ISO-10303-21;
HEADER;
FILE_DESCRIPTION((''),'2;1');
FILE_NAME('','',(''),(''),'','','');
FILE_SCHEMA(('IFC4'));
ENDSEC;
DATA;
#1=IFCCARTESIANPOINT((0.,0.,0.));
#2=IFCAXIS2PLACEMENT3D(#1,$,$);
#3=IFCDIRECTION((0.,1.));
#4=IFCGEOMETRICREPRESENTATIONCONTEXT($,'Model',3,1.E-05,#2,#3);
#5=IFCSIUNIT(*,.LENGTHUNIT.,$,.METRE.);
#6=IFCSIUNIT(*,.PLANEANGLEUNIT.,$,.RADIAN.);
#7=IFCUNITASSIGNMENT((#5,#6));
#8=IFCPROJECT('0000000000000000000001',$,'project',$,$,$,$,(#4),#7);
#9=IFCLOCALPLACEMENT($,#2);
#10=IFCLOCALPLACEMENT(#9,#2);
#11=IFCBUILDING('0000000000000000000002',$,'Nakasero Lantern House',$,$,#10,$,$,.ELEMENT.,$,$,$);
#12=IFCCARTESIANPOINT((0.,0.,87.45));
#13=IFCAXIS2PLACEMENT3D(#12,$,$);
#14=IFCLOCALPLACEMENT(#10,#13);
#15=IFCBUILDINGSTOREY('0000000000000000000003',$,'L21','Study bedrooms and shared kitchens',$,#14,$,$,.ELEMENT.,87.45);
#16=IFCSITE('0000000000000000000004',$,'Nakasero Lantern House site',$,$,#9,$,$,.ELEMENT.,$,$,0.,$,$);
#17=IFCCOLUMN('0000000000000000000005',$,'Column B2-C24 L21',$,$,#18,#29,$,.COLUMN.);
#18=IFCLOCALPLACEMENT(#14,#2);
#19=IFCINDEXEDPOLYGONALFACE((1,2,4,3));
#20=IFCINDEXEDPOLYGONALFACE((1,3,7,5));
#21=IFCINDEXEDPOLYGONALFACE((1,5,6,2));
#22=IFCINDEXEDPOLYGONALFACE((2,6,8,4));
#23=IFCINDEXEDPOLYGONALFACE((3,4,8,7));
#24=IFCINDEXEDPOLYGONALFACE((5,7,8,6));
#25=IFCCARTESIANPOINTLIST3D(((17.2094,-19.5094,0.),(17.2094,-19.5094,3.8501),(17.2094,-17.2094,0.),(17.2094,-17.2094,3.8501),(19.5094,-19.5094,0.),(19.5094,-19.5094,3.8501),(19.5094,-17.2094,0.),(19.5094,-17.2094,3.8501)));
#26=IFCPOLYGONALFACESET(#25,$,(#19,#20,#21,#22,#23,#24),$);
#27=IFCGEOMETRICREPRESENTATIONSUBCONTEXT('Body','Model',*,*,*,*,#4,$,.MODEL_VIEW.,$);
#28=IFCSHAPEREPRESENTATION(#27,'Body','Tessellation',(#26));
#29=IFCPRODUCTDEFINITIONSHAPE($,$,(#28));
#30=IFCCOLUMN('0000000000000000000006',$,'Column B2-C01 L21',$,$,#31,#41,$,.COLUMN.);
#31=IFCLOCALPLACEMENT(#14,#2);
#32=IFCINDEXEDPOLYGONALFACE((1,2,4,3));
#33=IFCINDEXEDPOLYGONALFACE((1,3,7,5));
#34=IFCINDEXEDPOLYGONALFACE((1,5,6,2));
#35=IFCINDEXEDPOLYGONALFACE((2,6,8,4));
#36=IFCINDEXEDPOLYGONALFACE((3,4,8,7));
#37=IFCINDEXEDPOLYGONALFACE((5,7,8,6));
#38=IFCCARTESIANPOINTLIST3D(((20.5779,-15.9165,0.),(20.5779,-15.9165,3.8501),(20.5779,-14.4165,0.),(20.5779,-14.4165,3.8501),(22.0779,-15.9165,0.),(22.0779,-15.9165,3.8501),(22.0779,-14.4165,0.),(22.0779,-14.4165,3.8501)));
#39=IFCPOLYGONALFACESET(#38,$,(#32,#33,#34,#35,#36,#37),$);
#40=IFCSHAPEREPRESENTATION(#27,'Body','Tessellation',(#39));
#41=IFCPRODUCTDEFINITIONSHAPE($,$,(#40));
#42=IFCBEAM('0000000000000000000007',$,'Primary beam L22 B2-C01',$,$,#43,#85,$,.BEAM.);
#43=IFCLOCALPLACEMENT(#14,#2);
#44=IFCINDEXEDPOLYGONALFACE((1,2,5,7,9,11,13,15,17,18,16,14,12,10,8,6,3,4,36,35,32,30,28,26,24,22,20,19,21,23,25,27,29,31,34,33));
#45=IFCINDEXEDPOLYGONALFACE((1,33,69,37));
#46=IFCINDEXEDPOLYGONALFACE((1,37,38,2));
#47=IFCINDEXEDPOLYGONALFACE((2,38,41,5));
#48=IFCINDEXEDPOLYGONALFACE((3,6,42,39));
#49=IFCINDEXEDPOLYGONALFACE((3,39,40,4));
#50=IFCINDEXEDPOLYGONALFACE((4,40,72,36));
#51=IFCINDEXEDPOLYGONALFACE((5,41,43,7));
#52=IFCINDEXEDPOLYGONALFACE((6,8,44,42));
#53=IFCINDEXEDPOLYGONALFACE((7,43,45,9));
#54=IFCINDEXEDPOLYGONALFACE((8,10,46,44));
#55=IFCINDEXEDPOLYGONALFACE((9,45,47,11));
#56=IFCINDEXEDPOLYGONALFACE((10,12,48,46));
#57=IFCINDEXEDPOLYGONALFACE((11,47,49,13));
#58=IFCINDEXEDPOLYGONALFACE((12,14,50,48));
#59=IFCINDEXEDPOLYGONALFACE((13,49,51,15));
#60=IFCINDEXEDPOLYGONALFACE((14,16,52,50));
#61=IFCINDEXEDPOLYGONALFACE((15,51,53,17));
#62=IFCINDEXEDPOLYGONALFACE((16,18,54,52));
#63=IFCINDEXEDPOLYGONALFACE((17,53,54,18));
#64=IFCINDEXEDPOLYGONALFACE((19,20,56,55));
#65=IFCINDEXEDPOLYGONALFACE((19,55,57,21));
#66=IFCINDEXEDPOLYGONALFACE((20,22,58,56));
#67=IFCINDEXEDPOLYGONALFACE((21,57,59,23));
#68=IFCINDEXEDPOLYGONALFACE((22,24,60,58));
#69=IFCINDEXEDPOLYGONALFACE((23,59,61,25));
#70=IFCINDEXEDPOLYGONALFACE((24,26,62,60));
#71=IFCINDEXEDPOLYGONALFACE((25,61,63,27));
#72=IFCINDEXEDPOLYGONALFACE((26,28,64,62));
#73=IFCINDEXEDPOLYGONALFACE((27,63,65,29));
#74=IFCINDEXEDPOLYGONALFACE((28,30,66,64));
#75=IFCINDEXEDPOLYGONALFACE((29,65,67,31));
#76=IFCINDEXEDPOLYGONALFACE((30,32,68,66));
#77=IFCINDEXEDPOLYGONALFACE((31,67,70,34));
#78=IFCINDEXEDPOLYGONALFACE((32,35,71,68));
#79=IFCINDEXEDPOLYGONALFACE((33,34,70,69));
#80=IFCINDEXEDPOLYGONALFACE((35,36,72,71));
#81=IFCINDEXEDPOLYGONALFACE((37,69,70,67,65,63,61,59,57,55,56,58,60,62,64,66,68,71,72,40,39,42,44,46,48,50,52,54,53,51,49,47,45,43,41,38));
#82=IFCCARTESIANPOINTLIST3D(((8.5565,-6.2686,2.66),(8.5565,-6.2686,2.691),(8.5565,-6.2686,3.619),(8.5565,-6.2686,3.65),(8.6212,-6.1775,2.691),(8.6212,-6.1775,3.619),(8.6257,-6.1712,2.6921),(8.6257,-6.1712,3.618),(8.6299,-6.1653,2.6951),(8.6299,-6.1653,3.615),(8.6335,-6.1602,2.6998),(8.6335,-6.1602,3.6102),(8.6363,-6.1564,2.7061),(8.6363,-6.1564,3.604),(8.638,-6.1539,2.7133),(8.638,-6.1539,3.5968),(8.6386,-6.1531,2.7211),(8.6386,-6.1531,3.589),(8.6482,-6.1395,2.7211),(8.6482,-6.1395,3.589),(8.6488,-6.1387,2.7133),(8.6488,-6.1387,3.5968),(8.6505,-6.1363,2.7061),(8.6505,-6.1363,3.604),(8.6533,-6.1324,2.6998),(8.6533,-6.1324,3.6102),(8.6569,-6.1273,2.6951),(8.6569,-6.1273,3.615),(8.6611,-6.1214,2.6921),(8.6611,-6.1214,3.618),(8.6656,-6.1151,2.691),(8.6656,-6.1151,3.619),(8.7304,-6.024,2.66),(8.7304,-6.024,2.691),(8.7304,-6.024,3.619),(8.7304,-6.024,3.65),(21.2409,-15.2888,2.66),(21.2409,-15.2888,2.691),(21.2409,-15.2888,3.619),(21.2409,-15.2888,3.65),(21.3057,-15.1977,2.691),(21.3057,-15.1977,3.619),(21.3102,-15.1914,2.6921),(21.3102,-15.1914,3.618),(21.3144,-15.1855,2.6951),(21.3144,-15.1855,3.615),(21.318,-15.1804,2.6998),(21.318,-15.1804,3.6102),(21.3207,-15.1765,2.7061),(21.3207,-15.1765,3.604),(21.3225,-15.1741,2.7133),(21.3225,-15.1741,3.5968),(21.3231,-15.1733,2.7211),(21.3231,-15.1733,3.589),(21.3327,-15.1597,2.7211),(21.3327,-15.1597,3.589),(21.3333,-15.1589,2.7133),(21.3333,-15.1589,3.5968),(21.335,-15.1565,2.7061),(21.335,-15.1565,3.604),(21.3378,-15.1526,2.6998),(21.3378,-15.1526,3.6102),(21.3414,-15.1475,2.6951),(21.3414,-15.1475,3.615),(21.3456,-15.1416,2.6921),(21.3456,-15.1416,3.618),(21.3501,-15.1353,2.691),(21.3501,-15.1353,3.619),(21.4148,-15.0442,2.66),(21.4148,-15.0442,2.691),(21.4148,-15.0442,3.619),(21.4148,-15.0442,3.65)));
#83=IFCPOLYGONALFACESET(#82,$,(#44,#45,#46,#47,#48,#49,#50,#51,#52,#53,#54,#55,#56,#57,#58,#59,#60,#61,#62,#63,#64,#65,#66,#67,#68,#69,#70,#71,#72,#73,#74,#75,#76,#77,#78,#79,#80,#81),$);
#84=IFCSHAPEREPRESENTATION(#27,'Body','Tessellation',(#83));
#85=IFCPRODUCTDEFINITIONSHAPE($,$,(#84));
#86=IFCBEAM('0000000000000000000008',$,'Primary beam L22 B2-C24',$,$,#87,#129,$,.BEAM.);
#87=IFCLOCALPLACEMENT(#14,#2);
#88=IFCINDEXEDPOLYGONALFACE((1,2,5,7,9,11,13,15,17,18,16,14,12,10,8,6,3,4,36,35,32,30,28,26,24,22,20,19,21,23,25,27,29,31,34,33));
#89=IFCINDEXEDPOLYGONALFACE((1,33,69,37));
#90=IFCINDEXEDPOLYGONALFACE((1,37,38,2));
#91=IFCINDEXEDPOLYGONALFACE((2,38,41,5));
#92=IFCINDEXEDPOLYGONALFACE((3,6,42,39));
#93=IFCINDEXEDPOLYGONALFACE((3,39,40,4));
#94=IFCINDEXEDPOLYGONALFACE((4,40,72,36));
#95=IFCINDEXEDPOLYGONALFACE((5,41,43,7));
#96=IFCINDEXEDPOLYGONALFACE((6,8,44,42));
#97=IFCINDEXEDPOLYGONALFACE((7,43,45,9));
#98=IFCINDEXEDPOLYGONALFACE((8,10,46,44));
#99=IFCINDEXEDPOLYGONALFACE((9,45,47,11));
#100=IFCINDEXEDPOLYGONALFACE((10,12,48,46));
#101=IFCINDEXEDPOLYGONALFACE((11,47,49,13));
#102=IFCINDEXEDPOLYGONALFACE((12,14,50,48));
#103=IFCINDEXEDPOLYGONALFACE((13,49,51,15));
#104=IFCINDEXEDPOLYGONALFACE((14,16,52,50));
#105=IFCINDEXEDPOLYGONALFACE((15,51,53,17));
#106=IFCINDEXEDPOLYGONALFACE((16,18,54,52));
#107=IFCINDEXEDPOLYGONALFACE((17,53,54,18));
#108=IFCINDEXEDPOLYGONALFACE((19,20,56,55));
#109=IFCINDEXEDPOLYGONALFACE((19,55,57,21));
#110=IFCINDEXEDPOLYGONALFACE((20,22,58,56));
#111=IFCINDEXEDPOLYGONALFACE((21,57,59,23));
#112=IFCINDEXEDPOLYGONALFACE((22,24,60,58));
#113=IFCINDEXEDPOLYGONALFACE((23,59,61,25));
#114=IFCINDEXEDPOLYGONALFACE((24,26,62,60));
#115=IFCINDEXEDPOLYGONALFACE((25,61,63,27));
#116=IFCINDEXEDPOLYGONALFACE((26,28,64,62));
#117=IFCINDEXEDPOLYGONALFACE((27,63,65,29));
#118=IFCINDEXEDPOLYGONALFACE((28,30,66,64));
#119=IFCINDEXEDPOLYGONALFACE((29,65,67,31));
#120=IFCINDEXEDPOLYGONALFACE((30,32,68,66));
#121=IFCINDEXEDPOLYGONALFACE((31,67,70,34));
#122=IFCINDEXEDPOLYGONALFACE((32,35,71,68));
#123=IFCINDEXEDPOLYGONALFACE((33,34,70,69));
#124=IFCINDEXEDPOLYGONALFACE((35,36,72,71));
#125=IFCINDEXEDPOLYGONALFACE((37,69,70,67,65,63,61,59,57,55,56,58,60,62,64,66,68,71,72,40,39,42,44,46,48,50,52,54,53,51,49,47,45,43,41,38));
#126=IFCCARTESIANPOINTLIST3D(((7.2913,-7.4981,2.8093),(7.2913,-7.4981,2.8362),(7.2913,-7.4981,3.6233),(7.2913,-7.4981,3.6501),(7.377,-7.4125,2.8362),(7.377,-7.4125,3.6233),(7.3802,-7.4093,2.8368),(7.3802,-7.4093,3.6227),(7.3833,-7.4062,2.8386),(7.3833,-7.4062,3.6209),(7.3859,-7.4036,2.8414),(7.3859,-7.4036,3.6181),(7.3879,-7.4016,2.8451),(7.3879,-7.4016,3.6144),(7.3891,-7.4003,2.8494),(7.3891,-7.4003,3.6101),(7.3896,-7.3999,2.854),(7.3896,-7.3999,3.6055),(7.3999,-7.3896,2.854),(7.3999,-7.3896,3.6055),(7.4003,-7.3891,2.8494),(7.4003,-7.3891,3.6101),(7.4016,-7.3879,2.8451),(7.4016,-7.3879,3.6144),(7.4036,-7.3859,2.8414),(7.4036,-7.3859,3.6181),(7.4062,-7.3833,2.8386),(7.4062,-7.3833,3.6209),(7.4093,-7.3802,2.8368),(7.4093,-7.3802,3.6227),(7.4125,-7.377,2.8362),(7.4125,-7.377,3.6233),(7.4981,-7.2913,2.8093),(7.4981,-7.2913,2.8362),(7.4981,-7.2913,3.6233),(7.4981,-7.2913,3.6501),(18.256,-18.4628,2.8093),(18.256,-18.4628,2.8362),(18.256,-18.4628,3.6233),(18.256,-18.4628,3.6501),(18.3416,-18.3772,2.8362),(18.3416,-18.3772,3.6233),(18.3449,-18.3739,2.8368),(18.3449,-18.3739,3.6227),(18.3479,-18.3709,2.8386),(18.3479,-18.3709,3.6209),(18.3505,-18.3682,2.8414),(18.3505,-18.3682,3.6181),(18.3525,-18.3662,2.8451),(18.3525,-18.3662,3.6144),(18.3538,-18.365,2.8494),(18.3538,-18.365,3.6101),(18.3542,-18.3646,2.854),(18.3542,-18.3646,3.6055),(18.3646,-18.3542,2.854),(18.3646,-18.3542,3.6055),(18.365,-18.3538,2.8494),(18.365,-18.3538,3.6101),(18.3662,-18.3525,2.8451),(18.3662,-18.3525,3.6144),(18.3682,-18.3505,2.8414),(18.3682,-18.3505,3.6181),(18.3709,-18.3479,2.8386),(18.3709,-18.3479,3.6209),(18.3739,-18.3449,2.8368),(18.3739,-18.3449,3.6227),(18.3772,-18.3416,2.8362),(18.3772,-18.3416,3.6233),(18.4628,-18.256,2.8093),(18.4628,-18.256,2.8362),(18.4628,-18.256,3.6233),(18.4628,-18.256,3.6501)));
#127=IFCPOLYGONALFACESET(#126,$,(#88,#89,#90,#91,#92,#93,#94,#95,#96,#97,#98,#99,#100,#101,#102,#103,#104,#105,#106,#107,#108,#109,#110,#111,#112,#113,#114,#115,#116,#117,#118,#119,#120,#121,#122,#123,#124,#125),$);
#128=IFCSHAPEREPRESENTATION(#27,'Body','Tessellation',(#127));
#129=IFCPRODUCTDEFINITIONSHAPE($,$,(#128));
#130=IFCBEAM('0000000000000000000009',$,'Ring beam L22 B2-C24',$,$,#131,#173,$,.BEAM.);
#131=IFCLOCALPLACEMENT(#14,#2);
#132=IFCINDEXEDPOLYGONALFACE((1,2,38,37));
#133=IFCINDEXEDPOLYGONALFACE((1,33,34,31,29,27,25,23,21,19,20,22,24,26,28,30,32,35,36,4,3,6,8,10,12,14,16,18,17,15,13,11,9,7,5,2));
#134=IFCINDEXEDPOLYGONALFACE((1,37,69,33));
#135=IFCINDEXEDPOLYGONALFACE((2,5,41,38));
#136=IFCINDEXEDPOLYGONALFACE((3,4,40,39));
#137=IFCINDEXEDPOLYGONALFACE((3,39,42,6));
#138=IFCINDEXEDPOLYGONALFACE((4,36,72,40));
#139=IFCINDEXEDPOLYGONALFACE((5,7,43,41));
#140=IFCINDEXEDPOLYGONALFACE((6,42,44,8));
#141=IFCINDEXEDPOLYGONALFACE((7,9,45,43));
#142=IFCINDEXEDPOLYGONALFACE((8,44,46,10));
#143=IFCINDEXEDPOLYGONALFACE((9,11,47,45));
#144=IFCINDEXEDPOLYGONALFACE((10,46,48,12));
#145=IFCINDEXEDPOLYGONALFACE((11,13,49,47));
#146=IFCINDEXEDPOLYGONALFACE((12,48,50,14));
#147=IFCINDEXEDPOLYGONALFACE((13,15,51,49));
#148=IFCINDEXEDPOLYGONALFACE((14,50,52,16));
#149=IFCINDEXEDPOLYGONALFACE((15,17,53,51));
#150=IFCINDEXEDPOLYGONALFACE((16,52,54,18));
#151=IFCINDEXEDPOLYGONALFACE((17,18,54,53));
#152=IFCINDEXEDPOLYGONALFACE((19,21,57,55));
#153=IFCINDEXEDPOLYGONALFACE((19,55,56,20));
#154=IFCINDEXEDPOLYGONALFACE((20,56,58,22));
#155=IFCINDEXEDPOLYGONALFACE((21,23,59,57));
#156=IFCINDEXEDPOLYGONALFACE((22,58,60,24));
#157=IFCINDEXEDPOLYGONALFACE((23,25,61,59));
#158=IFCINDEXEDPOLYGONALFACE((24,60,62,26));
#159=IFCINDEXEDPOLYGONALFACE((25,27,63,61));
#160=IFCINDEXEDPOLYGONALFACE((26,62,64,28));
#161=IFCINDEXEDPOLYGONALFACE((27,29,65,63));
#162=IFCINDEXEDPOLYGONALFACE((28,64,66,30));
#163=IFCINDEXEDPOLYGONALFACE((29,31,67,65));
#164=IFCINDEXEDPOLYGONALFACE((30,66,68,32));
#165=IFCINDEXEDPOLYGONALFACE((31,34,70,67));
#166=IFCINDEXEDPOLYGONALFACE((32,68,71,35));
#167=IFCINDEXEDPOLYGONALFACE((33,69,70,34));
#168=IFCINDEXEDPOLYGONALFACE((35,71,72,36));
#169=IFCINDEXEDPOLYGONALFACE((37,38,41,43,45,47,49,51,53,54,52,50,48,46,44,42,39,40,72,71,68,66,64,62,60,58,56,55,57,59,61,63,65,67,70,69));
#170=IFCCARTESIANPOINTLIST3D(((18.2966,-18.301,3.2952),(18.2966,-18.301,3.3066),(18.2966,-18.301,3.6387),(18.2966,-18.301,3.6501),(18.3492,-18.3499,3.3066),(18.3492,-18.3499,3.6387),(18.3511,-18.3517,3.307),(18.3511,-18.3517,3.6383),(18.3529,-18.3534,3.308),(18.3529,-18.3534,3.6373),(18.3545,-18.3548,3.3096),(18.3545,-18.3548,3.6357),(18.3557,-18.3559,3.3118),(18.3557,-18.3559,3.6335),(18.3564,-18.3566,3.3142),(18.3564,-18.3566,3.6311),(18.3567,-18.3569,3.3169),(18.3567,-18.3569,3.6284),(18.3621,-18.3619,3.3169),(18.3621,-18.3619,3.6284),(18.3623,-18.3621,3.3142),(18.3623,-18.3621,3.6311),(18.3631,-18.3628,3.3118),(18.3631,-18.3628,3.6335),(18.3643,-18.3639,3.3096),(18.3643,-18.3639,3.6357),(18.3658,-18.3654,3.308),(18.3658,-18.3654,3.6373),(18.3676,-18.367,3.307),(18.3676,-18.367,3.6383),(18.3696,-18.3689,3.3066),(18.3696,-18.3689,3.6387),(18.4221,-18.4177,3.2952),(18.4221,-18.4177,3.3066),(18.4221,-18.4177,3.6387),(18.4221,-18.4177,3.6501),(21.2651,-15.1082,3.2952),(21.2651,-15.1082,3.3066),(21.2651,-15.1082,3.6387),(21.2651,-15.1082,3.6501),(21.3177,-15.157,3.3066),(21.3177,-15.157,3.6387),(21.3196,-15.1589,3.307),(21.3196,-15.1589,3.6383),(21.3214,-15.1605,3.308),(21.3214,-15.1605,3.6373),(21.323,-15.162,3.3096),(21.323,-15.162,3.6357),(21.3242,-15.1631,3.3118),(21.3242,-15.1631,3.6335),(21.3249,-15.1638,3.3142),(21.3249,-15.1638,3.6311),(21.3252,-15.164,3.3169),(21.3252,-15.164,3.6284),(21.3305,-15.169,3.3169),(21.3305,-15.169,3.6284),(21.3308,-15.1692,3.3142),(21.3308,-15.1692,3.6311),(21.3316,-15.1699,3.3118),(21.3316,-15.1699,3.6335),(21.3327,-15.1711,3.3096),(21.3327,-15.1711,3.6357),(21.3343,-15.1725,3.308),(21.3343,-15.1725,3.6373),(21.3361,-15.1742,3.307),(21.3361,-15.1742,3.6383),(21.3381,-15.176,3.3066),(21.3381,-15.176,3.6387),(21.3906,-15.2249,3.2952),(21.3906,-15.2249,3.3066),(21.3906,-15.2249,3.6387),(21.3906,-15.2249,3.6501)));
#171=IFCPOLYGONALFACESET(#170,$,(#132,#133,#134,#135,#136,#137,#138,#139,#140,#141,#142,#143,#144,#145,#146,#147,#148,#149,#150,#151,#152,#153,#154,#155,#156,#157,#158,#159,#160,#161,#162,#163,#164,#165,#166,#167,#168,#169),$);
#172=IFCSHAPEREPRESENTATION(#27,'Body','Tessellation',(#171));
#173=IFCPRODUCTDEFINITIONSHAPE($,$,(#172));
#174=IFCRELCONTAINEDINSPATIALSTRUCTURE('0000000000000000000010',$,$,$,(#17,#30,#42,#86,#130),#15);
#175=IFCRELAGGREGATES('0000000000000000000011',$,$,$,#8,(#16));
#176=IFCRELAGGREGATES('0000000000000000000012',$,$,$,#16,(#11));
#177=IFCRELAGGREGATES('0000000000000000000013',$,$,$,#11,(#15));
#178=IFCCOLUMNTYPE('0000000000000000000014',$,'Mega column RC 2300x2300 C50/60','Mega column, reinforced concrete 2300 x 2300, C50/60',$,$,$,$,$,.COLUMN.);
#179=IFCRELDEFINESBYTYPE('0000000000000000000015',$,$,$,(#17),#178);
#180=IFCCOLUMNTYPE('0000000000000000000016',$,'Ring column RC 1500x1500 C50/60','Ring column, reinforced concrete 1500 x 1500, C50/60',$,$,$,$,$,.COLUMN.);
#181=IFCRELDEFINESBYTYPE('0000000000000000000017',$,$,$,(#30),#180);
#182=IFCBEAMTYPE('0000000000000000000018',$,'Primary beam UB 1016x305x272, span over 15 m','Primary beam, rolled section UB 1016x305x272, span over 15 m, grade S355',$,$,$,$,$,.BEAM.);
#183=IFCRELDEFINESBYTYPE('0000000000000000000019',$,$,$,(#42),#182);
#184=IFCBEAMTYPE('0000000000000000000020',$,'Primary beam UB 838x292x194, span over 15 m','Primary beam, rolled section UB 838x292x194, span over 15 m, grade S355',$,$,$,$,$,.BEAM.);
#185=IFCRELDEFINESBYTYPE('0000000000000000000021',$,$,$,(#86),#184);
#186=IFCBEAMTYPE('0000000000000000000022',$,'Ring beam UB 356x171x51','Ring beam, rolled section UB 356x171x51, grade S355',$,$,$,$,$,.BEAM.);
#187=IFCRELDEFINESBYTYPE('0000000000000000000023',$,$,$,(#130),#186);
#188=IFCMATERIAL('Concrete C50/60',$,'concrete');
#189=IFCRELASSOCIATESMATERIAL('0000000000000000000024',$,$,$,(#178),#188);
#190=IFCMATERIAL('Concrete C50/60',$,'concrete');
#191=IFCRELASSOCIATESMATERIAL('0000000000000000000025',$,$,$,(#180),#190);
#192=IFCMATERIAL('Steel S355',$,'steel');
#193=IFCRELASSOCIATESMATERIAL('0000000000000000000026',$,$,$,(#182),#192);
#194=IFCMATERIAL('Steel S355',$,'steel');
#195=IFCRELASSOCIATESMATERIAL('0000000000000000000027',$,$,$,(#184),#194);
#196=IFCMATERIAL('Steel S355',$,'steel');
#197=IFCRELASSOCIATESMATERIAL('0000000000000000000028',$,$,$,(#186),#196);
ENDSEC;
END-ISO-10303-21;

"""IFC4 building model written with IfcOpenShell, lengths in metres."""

from ifc_helpers import new_model, si_unit, direction, frame, origin, origin_2d, place, context, subcontext, project, spatial, rectangle, i_section, extrude, material, material_profile, profile_set, type_object, element, save


model = new_model("IFC4")

# Units and contexts
model_context = context("Model", 3, precision=1e-05, world=origin(), true_north=direction((0.0, 1.0)))
body_context = subcontext(model_context, "Body", "Model", "MODEL_VIEW")
ifc_project = project(units=[si_unit("LENGTHUNIT", "METRE"), si_unit("PLANEANGLEUNIT", "RADIAN")], contexts=[model_context])

# Site, building, storey
site_placement = place(None, origin())
site = spatial("IfcSite", under=ifc_project, at=site_placement, Name="Nakasero Lantern House site", CompositionType="ELEMENT", RefElevation=0.0)
building_placement = place(site_placement, origin())
building = spatial("IfcBuilding", under=site, at=building_placement, Name="Nakasero Lantern House", CompositionType="ELEMENT")
storey_placement = place(building_placement, frame((0.0, 0.0, 87.45)))
storey = spatial("IfcBuildingStorey", under=building, at=storey_placement, Name="L21", Description="Study bedrooms and shared kitchens", CompositionType="ELEMENT", Elevation=87.45)

# Columns
ifc_material_1 = material(Name="Concrete C50/60", Category="concrete")
ifc_material_profile_1 = material_profile(ifc_material_1, rectangle(XDim=2.3, YDim=2.3, at=origin_2d()), Name="RC 2300x2300")
ifc_profile_set_1 = profile_set([ifc_material_profile_1], Name="Concrete C50/60")
column_type_1 = type_object("IfcColumnType", Name="Mega column RC 2300x2300 C50/60", Description="Mega column, reinforced concrete 2300 x 2300, C50/60", PredefinedType="COLUMN", material=ifc_profile_set_1)
column_1_placement = place(storey_placement, frame((18.3594, -18.3594, 0.0), z_axis=(0.0, 0.0, 1.0), x_axis=(1.0, 0.0, 0.0)))
element("IfcColumn", 1, at=column_1_placement, inside=storey, type_object=column_type_1, Name="Column B2-C24 L21", PredefinedType="COLUMN", context=body_context, shape_type="SweptSolid", body=[
    extrude(rectangle(XDim=2.3, YDim=2.3, at=origin_2d()), origin(), (0.0, 0.0, 1.0), 3.8501),
])
ifc_material_2 = material(Name="Concrete C50/60", Category="concrete")
ifc_material_profile_2 = material_profile(ifc_material_2, rectangle(XDim=1.5, YDim=1.5, at=origin_2d()), Name="RC 1500x1500")
ifc_profile_set_2 = profile_set([ifc_material_profile_2], Name="Concrete C50/60")
column_type_2 = type_object("IfcColumnType", Name="Ring column RC 1500x1500 C50/60", Description="Ring column, reinforced concrete 1500 x 1500, C50/60", PredefinedType="COLUMN", material=ifc_profile_set_2)
column_2_placement = place(storey_placement, frame((21.3279, -15.1665, 0.0), z_axis=(0.0, 0.0, 1.0), x_axis=(1.0, 0.0, 0.0)))
element("IfcColumn", 2, at=column_2_placement, inside=storey, type_object=column_type_2, Name="Column B2-C01 L21", PredefinedType="COLUMN", context=body_context, shape_type="SweptSolid", body=[
    extrude(rectangle(XDim=1.5, YDim=1.5, at=origin_2d()), origin(), (0.0, 0.0, 1.0), 3.8501),
])

# Beams
ifc_material_3 = material(Name="Steel S355", Category="steel")
ifc_material_profile_3 = material_profile(ifc_material_3, i_section(OverallWidth=0.3, OverallDepth=0.99, WebThickness=0.0166, FlangeThickness=0.031, FilletRadius=0.03, at=origin_2d()), Name="UB 1016x305x272")
ifc_profile_set_3 = profile_set([ifc_material_profile_3], Name="Steel S355")
beam_type_1 = type_object("IfcBeamType", Name="Primary beam UB 1016x305x272, span over 15 m", Description="Primary beam, rolled section UB 1016x305x272, span over 15 m, grade S355", PredefinedType="BEAM", material=ifc_profile_set_3)
beam_1_placement = place(storey_placement, frame((21.3279, -15.1665, 3.155), z_axis=(-0.814952, 0.579529, 0.0), x_axis=(-0.579529, -0.814952, 0.0)))
element("IfcBeam", 3, at=beam_1_placement, inside=storey, type_object=beam_type_1, Name="Primary beam L22 B2-C01", PredefinedType="BEAM", context=body_context, shape_type="SweptSolid", body=[
    extrude(i_section(OverallWidth=0.3, OverallDepth=0.99, WebThickness=0.0166, FlangeThickness=0.031, FilletRadius=0.03, at=origin_2d()), origin(), (0.0, 0.0, 1.0), 15.5647),
])
ifc_material_4 = material(Name="Steel S355", Category="steel")
ifc_material_profile_4 = material_profile(ifc_material_4, i_section(OverallWidth=0.2925, OverallDepth=0.8408, WebThickness=0.0146, FlangeThickness=0.0269, FilletRadius=0.0178, at=origin_2d()), Name="UB 838x292x194")
ifc_profile_set_4 = profile_set([ifc_material_profile_4], Name="Steel S355")
beam_type_2 = type_object("IfcBeamType", Name="Primary beam UB 838x292x194, span over 15 m", Description="Primary beam, rolled section UB 838x292x194, span over 15 m, grade S355", PredefinedType="BEAM", material=ifc_profile_set_4)
beam_2_placement = place(storey_placement, frame((18.3594, -18.3594, 3.2297), z_axis=(-0.707107, 0.707107, 0.0), x_axis=(-0.707107, -0.707107, 0.0)))
element("IfcBeam", 4, at=beam_2_placement, inside=storey, type_object=beam_type_2, Name="Primary beam L22 B2-C24", PredefinedType="BEAM", context=body_context, shape_type="SweptSolid", body=[
    extrude(i_section(OverallWidth=0.2925, OverallDepth=0.8408, WebThickness=0.0146, FlangeThickness=0.0269, FilletRadius=0.0178, at=origin_2d()), origin(), (0.0, 0.0, 1.0), 15.5063),
])
ifc_material_5 = material(Name="Steel S355", Category="steel")
ifc_material_profile_5 = material_profile(ifc_material_5, i_section(OverallWidth=0.1714, OverallDepth=0.355, WebThickness=0.0073, FlangeThickness=0.0115, FilletRadius=0.0103, at=origin_2d()), Name="UB 356x171x51")
ifc_profile_set_5 = profile_set([ifc_material_profile_5], Name="Steel S355")
beam_type_3 = type_object("IfcBeamType", Name="Ring beam UB 356x171x51", Description="Ring beam, rolled section UB 356x171x51, grade S355", PredefinedType="BEAM", material=ifc_profile_set_5)
beam_3_placement = place(storey_placement, frame((18.3594, -18.3594, 3.4727), z_axis=(0.680906, 0.732371, 0.0), x_axis=(-0.732371, 0.680906, 0.0)))
element("IfcBeam", 5, at=beam_3_placement, inside=storey, type_object=beam_type_3, Name="Ring beam L22 B2-C24", PredefinedType="BEAM", context=body_context, shape_type="SweptSolid", body=[
    extrude(i_section(OverallWidth=0.1714, OverallDepth=0.355, WebThickness=0.0073, FlangeThickness=0.0115, FilletRadius=0.0103, at=origin_2d()), origin(), (0.0, 0.0, 1.0), 4.3596),
])

save(model, "model.ifc")
